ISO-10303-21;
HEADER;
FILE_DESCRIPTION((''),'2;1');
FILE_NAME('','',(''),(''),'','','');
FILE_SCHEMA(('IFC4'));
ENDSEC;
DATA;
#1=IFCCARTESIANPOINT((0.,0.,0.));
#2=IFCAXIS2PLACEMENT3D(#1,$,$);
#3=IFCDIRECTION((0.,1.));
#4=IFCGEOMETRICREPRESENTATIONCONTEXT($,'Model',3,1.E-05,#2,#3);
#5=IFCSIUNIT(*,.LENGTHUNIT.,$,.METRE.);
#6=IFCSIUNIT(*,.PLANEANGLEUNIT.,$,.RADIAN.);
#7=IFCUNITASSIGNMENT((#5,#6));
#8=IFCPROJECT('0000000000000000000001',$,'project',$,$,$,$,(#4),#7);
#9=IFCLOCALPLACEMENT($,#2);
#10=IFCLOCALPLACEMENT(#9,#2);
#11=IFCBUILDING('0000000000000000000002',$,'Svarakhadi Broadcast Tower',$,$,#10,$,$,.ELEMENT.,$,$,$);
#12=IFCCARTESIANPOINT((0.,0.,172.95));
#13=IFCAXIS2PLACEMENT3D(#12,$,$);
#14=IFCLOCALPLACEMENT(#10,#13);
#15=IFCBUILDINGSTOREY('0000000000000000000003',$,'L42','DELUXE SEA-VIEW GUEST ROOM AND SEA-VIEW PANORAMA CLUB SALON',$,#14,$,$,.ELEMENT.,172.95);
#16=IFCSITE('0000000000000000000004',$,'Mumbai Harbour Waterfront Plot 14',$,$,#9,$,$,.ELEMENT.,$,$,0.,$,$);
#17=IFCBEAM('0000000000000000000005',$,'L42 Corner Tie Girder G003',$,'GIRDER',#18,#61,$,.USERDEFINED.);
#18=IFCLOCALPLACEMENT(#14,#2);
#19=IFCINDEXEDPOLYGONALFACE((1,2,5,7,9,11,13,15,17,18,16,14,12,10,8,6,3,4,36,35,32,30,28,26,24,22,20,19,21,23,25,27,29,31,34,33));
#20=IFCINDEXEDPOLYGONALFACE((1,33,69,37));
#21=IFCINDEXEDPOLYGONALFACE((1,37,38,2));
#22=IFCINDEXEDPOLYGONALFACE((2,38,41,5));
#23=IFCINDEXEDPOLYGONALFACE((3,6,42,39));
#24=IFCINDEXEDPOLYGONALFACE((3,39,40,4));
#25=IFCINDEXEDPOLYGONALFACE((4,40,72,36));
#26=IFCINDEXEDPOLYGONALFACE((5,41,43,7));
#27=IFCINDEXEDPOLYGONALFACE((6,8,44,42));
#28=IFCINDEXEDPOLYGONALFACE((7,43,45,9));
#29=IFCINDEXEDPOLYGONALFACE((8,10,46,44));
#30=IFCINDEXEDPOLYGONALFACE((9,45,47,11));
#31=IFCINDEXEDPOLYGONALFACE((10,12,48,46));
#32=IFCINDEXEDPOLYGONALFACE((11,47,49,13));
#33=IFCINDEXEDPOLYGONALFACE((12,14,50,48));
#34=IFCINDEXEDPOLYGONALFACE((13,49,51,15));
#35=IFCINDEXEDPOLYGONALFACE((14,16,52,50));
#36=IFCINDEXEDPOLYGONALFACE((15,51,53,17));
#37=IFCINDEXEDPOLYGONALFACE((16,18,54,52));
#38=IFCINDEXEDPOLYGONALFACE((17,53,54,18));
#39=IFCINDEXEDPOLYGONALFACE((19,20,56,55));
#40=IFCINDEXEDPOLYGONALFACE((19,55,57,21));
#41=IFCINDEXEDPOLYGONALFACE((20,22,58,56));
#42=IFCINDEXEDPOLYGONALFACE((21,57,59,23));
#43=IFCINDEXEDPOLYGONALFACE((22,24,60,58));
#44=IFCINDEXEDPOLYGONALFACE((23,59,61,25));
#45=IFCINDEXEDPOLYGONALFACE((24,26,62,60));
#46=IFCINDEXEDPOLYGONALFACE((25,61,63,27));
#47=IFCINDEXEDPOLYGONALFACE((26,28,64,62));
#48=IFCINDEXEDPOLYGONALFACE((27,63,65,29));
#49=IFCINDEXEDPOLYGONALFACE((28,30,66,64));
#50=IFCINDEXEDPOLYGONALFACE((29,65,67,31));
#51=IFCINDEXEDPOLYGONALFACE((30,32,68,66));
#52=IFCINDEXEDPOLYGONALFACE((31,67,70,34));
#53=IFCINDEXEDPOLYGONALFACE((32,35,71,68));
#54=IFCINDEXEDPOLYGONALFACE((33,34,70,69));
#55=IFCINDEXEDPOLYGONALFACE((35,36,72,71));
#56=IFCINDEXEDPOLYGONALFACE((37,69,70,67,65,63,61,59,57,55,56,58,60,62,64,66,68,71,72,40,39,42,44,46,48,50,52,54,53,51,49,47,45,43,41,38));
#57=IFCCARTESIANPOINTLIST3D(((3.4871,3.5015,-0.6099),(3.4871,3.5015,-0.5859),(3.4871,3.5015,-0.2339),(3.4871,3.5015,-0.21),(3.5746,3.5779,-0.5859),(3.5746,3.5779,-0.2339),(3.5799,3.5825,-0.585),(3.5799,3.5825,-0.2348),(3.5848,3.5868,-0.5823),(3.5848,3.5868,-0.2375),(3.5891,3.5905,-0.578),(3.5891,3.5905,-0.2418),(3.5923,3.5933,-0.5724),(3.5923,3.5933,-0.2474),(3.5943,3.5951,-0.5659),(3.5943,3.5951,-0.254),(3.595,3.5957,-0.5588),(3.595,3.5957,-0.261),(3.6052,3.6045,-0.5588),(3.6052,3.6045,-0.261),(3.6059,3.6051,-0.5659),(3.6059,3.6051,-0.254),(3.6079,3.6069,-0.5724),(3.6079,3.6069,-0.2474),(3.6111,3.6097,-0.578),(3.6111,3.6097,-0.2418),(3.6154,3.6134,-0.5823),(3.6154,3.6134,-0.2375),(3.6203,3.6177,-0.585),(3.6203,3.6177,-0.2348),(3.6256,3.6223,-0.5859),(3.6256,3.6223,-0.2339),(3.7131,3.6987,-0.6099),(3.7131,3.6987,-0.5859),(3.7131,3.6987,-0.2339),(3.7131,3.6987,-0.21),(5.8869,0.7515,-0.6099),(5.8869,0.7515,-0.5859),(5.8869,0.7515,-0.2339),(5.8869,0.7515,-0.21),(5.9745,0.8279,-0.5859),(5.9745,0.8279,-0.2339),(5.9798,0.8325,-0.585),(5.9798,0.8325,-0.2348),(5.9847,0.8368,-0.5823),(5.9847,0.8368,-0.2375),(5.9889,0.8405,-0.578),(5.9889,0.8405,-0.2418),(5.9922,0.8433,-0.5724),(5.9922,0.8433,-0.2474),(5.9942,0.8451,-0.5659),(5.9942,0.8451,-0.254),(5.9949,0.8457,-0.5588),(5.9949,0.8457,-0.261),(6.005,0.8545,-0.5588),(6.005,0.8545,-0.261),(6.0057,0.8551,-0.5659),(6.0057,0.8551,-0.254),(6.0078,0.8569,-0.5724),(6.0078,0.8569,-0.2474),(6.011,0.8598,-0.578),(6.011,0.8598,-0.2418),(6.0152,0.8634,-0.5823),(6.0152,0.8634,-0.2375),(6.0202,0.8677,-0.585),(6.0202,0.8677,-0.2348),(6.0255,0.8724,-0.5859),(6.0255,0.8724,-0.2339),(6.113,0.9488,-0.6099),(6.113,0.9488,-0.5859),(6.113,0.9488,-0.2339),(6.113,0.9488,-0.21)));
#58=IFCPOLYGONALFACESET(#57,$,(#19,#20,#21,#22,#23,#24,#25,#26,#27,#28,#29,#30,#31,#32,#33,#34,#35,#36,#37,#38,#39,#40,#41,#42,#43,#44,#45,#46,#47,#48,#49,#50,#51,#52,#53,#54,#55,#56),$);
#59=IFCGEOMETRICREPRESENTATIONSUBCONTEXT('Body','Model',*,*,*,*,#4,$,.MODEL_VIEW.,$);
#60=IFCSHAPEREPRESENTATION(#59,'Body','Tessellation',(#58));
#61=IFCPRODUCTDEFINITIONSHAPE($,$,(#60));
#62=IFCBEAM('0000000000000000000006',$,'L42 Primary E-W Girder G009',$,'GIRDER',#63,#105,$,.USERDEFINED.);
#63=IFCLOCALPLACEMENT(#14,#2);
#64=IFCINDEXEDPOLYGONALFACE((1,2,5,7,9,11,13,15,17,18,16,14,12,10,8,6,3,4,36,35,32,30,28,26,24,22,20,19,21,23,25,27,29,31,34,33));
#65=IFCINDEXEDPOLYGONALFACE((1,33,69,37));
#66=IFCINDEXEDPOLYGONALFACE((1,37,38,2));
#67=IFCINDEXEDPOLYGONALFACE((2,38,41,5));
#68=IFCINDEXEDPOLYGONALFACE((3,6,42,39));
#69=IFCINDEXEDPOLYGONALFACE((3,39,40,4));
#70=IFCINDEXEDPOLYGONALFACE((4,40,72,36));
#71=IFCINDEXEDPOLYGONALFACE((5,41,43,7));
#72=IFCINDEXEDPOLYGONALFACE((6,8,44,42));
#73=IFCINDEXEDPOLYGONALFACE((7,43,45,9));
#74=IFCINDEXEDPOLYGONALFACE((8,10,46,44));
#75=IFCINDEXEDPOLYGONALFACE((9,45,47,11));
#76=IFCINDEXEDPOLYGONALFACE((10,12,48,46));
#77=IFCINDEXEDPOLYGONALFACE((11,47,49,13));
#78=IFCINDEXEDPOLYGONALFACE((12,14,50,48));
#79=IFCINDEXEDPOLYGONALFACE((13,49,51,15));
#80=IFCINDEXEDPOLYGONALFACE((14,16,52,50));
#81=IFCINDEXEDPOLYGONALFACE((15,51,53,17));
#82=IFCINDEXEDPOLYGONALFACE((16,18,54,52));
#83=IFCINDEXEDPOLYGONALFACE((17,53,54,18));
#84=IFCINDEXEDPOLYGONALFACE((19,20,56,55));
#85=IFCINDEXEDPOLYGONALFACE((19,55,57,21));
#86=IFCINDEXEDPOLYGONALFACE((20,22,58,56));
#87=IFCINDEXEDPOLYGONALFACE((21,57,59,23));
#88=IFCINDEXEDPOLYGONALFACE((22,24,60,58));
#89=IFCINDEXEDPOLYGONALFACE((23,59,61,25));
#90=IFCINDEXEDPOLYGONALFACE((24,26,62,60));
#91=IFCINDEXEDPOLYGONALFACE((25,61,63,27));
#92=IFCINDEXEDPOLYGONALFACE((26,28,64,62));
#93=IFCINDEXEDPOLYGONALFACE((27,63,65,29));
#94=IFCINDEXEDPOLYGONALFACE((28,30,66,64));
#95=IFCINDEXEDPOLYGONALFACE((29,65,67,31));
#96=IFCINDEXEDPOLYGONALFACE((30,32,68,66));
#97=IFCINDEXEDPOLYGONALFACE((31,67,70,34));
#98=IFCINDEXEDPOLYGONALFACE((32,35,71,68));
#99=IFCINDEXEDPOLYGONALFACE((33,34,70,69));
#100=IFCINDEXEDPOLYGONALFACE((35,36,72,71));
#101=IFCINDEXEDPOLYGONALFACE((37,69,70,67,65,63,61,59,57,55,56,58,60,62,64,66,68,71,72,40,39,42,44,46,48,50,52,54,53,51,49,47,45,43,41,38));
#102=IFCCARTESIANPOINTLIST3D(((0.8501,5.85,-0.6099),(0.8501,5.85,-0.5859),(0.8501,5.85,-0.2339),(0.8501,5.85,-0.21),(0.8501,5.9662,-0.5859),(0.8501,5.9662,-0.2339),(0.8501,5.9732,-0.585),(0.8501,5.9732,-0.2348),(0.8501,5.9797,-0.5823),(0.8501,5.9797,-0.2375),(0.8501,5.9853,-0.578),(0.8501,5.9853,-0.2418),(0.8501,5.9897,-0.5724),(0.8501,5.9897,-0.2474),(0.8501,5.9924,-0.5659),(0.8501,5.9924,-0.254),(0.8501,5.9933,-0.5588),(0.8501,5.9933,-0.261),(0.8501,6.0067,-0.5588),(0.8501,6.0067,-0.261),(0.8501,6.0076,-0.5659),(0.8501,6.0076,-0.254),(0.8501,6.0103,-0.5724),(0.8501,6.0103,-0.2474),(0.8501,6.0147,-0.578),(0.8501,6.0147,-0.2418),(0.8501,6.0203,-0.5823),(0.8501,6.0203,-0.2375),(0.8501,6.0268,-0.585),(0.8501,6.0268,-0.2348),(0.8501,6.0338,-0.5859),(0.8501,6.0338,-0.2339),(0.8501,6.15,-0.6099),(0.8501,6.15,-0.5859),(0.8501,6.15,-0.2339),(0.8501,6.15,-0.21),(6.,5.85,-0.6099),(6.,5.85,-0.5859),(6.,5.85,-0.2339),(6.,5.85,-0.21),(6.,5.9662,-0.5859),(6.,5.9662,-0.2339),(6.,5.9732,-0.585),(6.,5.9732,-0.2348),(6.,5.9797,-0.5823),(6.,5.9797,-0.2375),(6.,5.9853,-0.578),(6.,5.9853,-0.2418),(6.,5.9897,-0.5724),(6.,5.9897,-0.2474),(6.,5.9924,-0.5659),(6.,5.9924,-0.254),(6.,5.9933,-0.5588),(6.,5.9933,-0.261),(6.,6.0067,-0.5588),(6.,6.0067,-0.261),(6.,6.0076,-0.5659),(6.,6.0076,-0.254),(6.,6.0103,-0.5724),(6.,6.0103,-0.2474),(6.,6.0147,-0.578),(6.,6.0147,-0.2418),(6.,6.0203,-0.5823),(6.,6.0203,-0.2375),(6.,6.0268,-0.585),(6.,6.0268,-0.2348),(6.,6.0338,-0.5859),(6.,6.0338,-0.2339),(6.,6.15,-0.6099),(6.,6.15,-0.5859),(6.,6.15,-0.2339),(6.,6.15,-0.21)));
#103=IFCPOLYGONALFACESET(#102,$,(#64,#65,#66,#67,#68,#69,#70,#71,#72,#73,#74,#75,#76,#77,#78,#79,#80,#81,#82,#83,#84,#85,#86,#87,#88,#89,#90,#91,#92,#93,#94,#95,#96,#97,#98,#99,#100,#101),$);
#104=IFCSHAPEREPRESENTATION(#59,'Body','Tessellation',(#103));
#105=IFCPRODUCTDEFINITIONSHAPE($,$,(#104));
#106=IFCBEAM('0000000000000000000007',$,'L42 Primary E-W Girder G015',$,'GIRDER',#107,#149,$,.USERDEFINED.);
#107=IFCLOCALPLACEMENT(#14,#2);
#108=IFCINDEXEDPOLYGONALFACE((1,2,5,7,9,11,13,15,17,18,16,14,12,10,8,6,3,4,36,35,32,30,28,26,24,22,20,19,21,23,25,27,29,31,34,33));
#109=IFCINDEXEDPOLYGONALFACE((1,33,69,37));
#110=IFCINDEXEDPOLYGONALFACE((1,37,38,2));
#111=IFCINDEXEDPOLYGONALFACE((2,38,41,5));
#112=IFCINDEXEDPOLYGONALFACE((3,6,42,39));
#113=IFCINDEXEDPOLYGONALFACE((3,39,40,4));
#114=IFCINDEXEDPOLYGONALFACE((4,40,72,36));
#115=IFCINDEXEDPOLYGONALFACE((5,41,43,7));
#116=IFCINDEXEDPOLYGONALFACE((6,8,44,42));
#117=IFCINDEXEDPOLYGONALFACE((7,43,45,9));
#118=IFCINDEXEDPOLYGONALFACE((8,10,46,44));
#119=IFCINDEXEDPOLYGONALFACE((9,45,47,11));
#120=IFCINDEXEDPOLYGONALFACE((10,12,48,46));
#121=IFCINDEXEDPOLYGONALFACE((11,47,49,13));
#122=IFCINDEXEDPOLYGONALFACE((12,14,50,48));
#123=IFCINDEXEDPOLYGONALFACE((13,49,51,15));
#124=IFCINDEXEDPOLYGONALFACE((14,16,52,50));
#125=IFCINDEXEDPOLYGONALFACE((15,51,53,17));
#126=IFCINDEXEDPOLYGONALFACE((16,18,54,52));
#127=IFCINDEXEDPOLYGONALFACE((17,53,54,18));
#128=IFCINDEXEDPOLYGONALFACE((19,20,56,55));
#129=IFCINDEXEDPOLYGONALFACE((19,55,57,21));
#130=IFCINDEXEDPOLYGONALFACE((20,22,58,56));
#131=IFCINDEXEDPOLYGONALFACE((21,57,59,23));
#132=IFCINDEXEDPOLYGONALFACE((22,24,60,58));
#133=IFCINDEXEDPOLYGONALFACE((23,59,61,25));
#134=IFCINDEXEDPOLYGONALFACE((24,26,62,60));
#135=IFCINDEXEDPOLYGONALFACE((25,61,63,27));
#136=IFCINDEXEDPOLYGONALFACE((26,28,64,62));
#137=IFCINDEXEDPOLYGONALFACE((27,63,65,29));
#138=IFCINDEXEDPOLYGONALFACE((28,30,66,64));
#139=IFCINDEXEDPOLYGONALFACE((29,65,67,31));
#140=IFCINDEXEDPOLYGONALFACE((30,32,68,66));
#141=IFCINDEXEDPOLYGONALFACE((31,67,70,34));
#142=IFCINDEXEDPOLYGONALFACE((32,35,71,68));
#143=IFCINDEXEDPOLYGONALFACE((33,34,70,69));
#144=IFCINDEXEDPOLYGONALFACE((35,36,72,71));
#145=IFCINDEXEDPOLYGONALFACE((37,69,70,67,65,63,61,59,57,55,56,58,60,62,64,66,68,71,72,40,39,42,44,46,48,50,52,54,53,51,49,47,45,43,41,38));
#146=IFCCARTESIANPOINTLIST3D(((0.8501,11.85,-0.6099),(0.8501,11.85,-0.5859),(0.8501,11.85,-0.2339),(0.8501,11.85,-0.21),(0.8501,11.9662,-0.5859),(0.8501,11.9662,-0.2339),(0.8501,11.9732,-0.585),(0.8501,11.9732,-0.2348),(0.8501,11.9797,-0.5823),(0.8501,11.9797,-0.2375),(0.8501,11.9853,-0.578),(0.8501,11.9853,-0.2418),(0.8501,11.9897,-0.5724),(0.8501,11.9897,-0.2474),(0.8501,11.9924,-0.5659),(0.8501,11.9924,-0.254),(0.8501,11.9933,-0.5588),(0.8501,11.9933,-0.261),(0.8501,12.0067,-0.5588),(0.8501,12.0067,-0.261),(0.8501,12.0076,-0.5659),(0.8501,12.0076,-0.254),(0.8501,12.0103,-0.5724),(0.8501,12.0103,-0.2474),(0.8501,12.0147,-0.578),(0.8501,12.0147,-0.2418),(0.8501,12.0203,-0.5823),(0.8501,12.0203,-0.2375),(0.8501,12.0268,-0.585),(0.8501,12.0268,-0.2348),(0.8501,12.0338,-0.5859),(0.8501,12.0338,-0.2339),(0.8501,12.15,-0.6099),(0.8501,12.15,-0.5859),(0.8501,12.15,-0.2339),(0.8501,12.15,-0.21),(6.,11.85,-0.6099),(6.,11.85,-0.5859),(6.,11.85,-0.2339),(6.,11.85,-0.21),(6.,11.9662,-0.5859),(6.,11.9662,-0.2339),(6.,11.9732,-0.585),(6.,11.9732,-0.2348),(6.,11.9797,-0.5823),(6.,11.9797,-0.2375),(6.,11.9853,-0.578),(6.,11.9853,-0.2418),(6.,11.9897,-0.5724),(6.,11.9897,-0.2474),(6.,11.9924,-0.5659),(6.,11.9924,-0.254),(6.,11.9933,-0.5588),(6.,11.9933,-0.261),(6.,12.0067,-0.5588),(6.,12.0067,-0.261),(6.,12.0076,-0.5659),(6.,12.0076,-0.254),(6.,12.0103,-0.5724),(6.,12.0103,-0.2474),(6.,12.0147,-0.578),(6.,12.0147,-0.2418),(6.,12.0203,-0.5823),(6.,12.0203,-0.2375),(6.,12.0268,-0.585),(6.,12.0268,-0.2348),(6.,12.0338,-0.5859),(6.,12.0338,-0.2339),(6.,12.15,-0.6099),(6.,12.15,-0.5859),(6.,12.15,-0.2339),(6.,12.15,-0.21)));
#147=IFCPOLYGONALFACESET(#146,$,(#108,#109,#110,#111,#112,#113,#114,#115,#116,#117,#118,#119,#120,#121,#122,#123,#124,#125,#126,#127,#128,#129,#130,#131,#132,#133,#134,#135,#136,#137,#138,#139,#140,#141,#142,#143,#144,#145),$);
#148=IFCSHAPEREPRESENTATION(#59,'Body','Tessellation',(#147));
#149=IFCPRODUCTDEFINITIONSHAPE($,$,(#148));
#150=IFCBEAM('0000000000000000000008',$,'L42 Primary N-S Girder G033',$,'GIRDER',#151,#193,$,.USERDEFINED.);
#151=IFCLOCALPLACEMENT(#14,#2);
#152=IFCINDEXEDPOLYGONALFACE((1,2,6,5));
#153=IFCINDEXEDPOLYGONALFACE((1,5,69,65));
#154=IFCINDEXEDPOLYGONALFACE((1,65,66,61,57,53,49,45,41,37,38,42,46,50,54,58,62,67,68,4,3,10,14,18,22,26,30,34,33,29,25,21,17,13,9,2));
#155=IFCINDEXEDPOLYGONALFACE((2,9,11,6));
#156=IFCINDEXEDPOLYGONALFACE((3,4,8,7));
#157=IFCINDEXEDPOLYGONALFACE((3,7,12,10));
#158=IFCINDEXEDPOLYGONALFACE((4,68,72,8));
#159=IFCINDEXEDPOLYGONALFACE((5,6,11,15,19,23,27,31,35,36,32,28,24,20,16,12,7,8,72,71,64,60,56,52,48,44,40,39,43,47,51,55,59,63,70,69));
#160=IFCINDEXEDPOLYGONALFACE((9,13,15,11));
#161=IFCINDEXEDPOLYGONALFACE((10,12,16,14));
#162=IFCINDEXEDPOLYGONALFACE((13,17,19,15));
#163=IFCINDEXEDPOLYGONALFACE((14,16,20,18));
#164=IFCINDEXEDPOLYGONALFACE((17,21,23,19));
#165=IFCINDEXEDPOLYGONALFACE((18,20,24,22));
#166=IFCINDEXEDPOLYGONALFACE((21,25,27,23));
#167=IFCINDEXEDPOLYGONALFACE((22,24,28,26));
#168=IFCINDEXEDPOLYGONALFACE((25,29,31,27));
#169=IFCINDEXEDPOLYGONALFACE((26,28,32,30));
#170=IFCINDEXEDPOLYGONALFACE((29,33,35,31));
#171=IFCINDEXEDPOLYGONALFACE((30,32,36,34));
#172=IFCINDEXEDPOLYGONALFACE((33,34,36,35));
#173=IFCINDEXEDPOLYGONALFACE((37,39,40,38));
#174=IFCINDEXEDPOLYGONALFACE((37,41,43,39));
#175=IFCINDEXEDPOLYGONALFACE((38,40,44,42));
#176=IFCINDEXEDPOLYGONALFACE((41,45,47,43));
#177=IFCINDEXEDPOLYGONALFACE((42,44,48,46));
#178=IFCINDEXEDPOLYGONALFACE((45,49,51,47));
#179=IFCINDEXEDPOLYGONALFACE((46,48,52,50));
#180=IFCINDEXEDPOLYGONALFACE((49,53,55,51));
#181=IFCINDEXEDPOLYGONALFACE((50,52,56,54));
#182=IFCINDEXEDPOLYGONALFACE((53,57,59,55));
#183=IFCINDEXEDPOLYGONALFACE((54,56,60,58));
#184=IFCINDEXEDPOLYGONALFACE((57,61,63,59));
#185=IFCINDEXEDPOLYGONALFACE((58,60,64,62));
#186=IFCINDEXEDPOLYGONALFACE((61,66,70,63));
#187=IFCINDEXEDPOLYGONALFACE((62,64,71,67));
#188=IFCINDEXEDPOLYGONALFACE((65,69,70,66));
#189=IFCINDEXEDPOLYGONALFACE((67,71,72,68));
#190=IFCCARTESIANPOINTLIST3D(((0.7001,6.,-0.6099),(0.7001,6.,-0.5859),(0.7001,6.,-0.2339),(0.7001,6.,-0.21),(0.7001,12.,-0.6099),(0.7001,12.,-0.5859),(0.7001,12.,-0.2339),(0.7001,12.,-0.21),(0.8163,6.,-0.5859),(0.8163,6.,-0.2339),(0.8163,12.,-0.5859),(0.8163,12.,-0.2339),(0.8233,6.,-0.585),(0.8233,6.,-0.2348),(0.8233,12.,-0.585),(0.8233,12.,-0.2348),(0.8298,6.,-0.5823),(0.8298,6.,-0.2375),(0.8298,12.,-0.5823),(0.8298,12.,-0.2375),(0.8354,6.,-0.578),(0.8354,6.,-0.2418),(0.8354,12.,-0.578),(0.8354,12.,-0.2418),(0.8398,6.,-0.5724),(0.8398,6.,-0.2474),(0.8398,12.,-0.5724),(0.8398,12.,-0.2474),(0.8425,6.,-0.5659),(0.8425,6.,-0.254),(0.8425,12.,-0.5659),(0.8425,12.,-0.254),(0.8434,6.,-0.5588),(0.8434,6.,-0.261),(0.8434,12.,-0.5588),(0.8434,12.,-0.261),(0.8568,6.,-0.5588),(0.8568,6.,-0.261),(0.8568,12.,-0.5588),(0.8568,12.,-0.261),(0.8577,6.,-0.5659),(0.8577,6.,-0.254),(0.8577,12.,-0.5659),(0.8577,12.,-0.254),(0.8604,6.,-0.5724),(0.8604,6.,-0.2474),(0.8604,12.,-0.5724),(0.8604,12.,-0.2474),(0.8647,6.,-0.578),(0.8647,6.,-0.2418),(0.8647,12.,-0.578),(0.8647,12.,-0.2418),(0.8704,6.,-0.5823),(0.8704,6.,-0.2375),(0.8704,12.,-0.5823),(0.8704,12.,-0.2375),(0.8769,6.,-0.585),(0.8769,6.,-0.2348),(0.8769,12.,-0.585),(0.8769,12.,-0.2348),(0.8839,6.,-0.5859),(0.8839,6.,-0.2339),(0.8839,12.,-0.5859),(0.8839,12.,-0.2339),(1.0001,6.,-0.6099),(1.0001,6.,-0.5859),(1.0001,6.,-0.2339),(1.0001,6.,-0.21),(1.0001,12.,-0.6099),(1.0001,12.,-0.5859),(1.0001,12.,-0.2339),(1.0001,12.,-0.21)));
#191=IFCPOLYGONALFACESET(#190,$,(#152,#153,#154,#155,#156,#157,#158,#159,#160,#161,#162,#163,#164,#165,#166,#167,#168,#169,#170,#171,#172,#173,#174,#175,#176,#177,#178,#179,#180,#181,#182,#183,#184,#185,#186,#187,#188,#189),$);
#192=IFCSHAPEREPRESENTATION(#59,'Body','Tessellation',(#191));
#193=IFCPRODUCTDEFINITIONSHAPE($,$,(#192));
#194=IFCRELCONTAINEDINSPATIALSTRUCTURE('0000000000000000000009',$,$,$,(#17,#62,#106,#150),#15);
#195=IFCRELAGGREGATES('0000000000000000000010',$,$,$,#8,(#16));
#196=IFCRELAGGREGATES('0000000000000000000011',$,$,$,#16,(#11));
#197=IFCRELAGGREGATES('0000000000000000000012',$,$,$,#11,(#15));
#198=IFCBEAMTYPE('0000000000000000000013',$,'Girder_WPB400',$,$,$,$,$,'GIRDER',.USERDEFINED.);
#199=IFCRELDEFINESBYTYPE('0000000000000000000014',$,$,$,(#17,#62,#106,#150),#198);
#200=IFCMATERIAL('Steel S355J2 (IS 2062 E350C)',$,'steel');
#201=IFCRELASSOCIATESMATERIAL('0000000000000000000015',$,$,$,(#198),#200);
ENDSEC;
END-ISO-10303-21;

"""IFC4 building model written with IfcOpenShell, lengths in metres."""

from ifc_helpers import new_model, si_unit, direction, frame, origin, origin_2d, place, context, subcontext, project, spatial, i_section, extrude, material, material_profile, profile_set, type_object, element, save


model = new_model("IFC4")

# Units and contexts
model_context = context("Model", 3, precision=1e-05, world=origin(), true_north=direction((0.0, 1.0)))
body_context = subcontext(model_context, "Body", "Model", "MODEL_VIEW")
ifc_project = project(units=[si_unit("LENGTHUNIT", "METRE"), si_unit("PLANEANGLEUNIT", "RADIAN")], contexts=[model_context])

# Site, building, storey
site_placement = place(None, origin())
site = spatial("IfcSite", under=ifc_project, at=site_placement, Name="Mumbai Harbour Waterfront Plot 14", CompositionType="ELEMENT", RefElevation=0.0)
building_placement = place(site_placement, origin())
building = spatial("IfcBuilding", under=site, at=building_placement, Name="Svarakhadi Broadcast Tower", CompositionType="ELEMENT")
storey_placement = place(building_placement, frame((0.0, 0.0, 172.95)))
storey = spatial("IfcBuildingStorey", under=building, at=storey_placement, Name="L42", Description="DELUXE SEA-VIEW GUEST ROOM AND SEA-VIEW PANORAMA CLUB SALON", CompositionType="ELEMENT", Elevation=172.95)

# Shared definitions
ifc_material_1 = material(Name="Steel S355J2 (IS 2062 E350C)", Category="steel")

# Beams
ifc_material_profile_1 = material_profile(ifc_material_1, i_section(OverallWidth=0.3, OverallDepth=0.3999, WebThickness=0.0134, FlangeThickness=0.0239, FilletRadius=0.0271, at=origin_2d()), Name="WPB 400x300x155")
ifc_profile_set_1 = profile_set([ifc_material_profile_1], Name="Steel S355J2 (IS 2062 E350C)")
beam_type_1 = type_object("IfcBeamType", Name="Girder_WPB400", ElementType="GIRDER", PredefinedType="USERDEFINED", material=ifc_profile_set_1)
beam_1_placement = place(storey_placement, frame((3.6001, 3.6001, -0.4099), z_axis=(0.657519, -0.753438, 0.0), x_axis=(0.753438, 0.657519, 0.0)))
element("IfcBeam", 1, at=beam_1_placement, inside=storey, type_object=beam_type_1, Name="L42 Corner Tie Girder G003", ObjectType="GIRDER", PredefinedType="USERDEFINED", context=body_context, shape_type="SweptSolid", body=[
    extrude(i_section(OverallWidth=0.3, OverallDepth=0.3999, WebThickness=0.0134, FlangeThickness=0.0239, FilletRadius=0.0271, at=origin_2d()), origin(), (0.0, 0.0, 1.0), 3.6499),
])
for number, where, z_axis, x_axis, name in (
    (2, (0.8501, 6.0, -0.4099), (1.0, 0.0, 0.0), (0.0, 1.0, 0.0), "L42 Primary E-W Girder G009"),
    (3, (0.8501, 12.0, -0.4099), (1.0, 0.0, 0.0), (0.0, 1.0, 0.0), "L42 Primary E-W Girder G015"),
):
    element("IfcBeam", number, at=place(storey_placement, frame(where, z_axis=z_axis, x_axis=x_axis)), inside=storey, type_object=beam_type_1, Name=name, ObjectType="GIRDER", PredefinedType="USERDEFINED", context=body_context, shape_type="SweptSolid", body=[
        extrude(i_section(OverallWidth=0.3, OverallDepth=0.3999, WebThickness=0.0134, FlangeThickness=0.0239, FilletRadius=0.0271, at=origin_2d()), origin(), (0.0, 0.0, 1.0), 5.1499),
    ])
for number, where, z_axis, x_axis, name in (
    (4, (0.8501, 6.0, -0.4099), (0.0, 1.0, 0.0), (-1.0, 0.0, 0.0), "L42 Primary N-S Girder G033"),
):
    element("IfcBeam", number, at=place(storey_placement, frame(where, z_axis=z_axis, x_axis=x_axis)), inside=storey, type_object=beam_type_1, Name=name, ObjectType="GIRDER", PredefinedType="USERDEFINED", context=body_context, shape_type="SweptSolid", body=[
        extrude(i_section(OverallWidth=0.3, OverallDepth=0.3999, WebThickness=0.0134, FlangeThickness=0.0239, FilletRadius=0.0271, at=origin_2d()), origin(), (0.0, 0.0, 1.0), 6.0),
    ])

save(model, "model.ifc")
